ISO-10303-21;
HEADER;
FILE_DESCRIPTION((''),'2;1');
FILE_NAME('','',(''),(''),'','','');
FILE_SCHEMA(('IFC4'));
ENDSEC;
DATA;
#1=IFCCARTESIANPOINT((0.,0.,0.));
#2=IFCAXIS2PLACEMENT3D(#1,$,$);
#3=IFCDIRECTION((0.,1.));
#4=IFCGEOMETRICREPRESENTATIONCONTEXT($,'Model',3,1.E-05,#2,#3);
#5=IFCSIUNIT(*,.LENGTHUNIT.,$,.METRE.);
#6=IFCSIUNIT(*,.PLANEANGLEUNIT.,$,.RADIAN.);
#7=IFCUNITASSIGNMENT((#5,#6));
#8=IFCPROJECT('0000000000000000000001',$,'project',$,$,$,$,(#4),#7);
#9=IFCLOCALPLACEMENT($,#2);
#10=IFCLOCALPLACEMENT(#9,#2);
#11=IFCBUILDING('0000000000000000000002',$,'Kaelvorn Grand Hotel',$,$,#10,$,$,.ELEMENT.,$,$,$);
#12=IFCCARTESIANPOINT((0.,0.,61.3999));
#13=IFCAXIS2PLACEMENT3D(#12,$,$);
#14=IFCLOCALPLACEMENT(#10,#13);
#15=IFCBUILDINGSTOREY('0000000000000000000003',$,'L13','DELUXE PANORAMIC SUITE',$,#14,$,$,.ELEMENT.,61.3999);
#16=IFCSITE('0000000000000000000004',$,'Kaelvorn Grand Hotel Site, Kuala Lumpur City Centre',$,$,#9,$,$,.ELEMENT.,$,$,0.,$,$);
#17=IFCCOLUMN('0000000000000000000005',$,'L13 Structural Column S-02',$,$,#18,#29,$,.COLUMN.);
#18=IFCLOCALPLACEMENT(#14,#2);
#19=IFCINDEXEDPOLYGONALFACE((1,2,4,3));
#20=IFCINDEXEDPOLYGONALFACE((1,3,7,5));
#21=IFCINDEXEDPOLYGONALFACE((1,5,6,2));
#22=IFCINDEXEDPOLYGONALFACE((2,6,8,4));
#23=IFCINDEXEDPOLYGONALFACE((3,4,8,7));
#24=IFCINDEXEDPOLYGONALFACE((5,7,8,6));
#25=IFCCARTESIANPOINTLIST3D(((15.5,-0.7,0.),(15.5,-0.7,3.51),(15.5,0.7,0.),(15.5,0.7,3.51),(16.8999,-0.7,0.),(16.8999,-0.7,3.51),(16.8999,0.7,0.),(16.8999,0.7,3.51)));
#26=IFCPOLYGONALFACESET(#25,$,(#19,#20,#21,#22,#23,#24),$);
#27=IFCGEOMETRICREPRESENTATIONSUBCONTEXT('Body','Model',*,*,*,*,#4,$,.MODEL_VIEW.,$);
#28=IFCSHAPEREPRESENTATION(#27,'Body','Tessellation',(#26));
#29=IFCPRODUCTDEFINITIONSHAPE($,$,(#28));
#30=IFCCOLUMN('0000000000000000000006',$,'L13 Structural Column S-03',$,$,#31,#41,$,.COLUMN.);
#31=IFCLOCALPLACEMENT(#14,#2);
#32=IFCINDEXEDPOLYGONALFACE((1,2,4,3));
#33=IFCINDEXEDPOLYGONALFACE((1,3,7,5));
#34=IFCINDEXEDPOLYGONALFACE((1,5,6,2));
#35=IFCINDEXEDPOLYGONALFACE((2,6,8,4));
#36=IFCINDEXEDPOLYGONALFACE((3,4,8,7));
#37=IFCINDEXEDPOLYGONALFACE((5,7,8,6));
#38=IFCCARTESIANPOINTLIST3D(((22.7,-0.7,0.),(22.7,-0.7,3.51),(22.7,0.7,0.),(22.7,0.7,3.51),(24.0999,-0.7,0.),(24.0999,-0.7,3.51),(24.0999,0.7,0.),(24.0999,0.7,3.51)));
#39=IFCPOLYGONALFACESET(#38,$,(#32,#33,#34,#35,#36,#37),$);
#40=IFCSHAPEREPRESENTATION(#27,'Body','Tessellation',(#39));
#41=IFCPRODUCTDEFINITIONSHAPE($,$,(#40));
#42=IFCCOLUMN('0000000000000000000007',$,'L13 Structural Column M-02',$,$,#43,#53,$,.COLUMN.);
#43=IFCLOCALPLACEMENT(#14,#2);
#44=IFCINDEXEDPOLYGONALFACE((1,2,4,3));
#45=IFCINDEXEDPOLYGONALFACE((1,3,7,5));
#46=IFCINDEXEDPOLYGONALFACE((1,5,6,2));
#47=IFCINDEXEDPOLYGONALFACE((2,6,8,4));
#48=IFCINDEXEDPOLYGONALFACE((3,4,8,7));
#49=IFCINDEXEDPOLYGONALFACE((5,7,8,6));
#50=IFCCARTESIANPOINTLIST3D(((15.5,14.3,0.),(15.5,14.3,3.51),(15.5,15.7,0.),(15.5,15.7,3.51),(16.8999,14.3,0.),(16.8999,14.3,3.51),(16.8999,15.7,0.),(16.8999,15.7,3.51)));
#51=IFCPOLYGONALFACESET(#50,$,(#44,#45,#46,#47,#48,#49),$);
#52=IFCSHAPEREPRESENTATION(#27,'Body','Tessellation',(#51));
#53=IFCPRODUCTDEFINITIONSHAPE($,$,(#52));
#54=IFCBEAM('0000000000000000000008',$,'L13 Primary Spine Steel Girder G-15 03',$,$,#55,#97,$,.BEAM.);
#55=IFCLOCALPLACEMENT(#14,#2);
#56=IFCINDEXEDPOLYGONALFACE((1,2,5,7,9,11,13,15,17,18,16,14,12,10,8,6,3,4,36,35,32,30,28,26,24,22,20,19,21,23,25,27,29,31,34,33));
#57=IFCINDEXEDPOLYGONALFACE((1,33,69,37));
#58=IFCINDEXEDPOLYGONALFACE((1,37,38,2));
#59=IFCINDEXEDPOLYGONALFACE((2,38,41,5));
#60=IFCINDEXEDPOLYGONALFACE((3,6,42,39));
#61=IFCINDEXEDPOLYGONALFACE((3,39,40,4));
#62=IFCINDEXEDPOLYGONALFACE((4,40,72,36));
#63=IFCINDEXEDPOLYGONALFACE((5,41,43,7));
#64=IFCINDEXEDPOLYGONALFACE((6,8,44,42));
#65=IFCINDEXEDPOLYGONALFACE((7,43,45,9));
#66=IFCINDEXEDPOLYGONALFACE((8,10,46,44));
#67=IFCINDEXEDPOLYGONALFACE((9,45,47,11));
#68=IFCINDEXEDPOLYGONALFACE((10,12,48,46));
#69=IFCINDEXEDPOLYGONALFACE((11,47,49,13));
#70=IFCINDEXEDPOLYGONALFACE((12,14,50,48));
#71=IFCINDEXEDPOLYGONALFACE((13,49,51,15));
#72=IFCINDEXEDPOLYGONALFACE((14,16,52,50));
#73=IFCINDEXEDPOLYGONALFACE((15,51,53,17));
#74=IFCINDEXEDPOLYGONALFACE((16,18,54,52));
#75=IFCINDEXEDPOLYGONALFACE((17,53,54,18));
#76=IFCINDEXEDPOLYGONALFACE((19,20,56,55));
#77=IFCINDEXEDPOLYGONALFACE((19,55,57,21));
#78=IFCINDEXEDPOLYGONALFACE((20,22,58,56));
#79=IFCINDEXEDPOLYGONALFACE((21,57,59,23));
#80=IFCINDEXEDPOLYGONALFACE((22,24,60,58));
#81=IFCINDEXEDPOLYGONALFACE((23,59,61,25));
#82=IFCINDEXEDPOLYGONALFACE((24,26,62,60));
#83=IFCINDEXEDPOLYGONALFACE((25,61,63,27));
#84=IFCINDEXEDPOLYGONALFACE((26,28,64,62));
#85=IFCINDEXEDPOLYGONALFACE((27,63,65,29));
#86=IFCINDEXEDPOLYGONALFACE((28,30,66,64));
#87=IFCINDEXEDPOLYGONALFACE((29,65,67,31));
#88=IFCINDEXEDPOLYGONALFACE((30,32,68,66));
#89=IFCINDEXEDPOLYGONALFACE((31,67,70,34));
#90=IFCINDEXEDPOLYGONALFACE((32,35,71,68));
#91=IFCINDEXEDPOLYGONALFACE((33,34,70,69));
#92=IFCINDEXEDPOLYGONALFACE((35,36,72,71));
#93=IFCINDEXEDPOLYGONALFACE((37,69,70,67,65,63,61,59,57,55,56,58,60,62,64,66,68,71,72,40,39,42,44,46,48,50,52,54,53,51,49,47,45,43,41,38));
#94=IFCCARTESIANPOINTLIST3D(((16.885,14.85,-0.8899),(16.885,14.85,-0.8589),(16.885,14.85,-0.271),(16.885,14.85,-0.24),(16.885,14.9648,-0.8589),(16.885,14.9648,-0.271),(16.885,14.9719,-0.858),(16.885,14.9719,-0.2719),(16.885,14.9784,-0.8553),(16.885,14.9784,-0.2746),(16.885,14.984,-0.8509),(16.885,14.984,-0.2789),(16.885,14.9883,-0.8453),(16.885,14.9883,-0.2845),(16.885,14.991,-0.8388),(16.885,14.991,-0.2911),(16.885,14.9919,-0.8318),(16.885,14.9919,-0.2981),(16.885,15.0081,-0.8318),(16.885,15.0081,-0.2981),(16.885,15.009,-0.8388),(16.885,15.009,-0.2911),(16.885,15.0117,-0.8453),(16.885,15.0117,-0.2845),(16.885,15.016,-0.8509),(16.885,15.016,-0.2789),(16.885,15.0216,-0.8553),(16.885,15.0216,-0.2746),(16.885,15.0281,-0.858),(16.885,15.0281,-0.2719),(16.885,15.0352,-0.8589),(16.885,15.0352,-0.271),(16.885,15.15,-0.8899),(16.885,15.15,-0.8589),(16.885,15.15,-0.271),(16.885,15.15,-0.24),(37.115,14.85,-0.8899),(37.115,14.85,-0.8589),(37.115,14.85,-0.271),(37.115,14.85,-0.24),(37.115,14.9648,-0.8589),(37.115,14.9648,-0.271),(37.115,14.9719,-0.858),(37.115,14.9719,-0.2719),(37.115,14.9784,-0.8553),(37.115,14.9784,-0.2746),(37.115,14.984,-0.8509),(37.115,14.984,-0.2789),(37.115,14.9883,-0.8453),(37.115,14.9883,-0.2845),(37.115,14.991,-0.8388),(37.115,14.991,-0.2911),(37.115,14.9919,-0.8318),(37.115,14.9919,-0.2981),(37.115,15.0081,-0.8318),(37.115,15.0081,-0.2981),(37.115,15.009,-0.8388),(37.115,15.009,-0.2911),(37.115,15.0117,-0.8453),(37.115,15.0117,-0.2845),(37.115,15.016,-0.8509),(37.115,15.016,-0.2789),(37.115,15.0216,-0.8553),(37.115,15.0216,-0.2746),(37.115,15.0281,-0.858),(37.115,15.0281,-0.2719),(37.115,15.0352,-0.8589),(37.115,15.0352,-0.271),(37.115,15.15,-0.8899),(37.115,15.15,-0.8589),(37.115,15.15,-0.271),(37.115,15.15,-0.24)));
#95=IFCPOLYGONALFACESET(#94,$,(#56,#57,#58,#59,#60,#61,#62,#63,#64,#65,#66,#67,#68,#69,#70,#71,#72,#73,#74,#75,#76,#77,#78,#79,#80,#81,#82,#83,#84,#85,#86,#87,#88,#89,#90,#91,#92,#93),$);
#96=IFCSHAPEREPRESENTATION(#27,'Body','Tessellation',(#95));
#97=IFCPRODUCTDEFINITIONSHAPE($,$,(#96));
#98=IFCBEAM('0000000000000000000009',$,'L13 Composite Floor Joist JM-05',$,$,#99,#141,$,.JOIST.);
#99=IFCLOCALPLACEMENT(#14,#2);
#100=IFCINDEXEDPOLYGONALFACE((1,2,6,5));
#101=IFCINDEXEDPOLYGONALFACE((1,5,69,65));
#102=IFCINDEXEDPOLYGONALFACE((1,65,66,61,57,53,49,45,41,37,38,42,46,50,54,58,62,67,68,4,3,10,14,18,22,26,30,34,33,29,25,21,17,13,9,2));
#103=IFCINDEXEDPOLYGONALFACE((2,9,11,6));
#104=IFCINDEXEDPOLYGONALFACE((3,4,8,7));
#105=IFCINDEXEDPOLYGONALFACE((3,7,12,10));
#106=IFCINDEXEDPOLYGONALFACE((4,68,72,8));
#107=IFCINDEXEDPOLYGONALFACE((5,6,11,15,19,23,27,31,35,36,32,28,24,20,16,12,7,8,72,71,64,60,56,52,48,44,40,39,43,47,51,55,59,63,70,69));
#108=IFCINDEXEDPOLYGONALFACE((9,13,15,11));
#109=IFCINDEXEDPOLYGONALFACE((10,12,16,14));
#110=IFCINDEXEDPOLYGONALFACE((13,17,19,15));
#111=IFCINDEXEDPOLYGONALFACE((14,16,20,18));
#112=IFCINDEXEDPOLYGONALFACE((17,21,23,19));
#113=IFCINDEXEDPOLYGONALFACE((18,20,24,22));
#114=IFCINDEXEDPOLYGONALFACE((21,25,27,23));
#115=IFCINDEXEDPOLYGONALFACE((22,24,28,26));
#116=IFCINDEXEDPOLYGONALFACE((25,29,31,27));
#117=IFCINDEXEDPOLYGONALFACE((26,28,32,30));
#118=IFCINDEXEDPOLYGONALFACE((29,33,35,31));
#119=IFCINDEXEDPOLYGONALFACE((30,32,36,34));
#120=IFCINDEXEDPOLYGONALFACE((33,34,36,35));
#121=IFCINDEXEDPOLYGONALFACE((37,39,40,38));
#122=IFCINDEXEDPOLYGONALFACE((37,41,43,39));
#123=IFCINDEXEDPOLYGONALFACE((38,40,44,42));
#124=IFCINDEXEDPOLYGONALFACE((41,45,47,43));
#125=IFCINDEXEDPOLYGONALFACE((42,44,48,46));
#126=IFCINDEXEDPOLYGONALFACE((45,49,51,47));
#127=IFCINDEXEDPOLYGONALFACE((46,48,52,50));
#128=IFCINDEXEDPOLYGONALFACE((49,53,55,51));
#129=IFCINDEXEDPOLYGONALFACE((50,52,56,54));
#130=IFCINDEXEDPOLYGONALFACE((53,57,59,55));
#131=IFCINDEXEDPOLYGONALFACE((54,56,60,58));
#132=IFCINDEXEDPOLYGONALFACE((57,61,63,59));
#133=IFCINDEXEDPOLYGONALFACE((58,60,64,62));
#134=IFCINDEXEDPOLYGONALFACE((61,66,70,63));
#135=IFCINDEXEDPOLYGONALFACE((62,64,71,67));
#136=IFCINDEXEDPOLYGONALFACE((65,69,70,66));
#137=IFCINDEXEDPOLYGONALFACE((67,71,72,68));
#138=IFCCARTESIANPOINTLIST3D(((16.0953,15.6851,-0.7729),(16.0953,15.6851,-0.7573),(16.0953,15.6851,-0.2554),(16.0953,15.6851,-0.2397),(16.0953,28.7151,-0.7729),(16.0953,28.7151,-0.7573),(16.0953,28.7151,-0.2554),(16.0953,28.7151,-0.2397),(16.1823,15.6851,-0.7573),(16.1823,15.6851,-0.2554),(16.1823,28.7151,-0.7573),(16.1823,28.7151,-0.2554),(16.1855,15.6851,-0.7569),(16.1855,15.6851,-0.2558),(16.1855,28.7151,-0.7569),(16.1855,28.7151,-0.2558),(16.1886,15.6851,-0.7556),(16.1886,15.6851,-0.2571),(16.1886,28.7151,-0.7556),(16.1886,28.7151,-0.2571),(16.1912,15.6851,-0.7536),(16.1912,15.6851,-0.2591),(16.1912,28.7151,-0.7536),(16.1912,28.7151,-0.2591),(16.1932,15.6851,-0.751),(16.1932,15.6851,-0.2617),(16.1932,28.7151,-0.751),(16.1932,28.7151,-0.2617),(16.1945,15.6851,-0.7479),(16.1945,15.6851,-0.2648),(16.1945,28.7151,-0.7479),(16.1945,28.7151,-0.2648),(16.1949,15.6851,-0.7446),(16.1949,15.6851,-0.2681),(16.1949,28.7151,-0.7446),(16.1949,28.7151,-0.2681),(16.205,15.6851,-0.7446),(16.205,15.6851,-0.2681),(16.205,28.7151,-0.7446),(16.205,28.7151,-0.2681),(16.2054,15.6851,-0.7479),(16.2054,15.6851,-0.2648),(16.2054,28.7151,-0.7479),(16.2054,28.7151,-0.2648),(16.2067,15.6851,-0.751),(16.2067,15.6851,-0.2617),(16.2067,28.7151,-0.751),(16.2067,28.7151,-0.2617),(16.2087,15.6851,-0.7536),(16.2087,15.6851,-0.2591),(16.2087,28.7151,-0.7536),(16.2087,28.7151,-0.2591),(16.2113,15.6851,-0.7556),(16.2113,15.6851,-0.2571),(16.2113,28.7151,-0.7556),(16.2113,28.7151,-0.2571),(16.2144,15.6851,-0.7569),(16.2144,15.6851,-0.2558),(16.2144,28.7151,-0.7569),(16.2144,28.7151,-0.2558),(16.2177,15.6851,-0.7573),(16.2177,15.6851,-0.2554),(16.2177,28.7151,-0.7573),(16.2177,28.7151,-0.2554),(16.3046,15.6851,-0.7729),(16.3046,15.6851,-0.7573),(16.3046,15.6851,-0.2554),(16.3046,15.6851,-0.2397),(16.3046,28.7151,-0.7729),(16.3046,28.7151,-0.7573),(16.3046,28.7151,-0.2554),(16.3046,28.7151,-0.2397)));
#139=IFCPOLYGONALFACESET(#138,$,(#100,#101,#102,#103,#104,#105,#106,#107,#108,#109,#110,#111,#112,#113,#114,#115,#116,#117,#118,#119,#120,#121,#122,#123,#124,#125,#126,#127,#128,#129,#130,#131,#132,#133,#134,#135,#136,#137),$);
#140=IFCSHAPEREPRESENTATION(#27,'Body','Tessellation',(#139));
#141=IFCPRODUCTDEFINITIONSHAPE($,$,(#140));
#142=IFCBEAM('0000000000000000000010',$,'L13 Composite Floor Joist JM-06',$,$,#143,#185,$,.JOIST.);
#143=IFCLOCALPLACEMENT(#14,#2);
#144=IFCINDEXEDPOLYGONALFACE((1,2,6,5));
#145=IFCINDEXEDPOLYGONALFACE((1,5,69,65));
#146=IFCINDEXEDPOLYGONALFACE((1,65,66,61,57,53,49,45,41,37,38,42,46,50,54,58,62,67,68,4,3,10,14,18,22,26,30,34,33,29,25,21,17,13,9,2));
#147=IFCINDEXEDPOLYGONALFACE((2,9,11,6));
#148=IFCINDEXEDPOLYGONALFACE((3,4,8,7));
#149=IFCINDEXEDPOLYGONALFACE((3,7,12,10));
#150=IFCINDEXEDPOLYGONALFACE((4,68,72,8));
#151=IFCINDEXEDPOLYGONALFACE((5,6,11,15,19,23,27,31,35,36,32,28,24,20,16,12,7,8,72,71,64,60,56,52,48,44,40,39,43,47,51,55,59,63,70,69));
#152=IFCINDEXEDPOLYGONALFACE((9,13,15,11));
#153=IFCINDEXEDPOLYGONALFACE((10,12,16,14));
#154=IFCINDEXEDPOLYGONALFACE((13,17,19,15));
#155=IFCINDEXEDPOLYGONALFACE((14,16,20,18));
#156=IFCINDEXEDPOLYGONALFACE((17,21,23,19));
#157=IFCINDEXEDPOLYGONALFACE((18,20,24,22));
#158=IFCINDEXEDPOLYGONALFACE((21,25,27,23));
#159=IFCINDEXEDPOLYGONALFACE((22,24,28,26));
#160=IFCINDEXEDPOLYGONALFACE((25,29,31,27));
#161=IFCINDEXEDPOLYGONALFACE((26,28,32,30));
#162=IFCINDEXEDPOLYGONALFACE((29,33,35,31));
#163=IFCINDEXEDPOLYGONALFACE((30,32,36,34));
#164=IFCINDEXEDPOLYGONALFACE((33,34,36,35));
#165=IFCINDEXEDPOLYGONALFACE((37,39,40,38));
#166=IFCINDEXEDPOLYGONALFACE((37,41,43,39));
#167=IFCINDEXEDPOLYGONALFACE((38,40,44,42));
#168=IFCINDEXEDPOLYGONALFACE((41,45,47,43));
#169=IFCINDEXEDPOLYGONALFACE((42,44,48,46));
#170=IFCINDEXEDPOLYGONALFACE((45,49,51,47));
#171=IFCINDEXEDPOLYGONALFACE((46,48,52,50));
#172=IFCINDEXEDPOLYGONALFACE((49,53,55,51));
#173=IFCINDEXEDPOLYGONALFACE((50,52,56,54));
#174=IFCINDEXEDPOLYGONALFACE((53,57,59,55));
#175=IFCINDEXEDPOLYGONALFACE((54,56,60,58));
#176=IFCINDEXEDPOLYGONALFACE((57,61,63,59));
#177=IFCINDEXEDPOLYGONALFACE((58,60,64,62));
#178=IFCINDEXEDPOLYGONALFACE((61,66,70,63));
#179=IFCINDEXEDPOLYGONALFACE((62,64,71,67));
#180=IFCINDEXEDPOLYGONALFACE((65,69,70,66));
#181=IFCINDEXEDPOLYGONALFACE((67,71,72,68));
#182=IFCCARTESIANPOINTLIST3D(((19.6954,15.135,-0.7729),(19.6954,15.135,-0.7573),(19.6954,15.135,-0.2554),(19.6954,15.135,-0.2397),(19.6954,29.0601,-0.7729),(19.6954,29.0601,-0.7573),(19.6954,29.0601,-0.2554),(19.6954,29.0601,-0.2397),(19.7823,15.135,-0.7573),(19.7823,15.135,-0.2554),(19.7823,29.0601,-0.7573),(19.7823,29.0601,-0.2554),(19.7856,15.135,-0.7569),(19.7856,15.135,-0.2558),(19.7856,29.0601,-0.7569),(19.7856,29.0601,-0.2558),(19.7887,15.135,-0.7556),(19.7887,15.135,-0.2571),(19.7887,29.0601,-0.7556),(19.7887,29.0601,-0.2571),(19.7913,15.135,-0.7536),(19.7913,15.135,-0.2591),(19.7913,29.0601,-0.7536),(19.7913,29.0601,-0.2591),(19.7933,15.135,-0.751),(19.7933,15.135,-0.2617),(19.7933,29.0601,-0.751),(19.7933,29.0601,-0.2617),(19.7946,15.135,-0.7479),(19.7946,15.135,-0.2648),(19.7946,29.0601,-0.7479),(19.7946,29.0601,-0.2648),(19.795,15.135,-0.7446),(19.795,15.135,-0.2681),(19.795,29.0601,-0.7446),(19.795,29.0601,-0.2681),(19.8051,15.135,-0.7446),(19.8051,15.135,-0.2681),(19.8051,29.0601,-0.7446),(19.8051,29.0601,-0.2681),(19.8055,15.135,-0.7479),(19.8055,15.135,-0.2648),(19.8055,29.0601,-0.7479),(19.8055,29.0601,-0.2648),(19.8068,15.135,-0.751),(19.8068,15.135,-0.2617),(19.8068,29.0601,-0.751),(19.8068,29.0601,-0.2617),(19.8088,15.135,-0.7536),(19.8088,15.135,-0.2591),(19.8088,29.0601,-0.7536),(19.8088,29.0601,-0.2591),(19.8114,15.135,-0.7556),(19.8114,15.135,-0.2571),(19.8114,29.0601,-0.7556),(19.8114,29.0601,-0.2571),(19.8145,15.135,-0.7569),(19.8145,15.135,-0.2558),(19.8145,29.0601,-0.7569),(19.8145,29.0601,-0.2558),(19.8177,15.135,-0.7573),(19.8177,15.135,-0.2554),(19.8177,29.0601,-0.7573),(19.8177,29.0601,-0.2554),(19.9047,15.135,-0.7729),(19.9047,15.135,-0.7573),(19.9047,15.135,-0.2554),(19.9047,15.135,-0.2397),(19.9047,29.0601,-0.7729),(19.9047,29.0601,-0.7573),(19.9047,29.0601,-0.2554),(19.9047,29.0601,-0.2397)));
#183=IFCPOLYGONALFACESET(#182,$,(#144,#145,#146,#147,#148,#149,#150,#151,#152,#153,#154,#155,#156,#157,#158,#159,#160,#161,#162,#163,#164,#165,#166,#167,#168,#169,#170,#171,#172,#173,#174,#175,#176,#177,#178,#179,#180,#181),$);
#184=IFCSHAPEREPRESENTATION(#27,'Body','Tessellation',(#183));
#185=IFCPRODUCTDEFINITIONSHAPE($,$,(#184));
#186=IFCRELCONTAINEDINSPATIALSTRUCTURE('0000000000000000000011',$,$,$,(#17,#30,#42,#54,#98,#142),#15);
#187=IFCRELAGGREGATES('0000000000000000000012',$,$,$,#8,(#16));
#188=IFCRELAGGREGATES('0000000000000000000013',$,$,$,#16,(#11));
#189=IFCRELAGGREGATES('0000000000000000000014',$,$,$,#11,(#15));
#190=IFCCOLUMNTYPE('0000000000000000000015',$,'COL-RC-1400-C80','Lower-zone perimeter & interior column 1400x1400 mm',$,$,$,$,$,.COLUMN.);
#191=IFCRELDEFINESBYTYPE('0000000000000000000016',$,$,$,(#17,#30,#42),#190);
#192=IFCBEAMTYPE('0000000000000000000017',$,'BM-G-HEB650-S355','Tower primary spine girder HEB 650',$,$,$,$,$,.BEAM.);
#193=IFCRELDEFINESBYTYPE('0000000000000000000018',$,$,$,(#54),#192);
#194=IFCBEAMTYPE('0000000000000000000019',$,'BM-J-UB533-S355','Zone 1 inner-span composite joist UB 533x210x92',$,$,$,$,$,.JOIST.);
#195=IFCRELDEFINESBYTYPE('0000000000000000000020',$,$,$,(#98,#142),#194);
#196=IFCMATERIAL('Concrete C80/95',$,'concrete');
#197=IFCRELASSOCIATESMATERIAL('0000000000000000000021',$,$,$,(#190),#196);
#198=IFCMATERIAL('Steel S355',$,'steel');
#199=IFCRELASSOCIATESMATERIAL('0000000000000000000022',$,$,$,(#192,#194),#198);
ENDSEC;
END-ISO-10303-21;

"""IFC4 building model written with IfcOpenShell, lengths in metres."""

from ifc_helpers import new_model, si_unit, direction, frame, origin, origin_2d, place, context, subcontext, project, spatial, rectangle, i_section, extrude, material, material_profile, profile_set, type_object, element, save


model = new_model("IFC4")

# Units and contexts
model_context = context("Model", 3, precision=1e-05, world=origin(), true_north=direction((0.0, 1.0)))
body_context = subcontext(model_context, "Body", "Model", "MODEL_VIEW")
ifc_project = project(units=[si_unit("LENGTHUNIT", "METRE"), si_unit("PLANEANGLEUNIT", "RADIAN")], contexts=[model_context])

# Site, building, storey
site_placement = place(None, origin())
site = spatial("IfcSite", under=ifc_project, at=site_placement, Name="Kaelvorn Grand Hotel Site, Kuala Lumpur City Centre", CompositionType="ELEMENT", RefElevation=0.0)
building_placement = place(site_placement, origin())
building = spatial("IfcBuilding", under=site, at=building_placement, Name="Kaelvorn Grand Hotel", CompositionType="ELEMENT")
storey_placement = place(building_placement, frame((0.0, 0.0, 61.3999)))
storey = spatial("IfcBuildingStorey", under=building, at=storey_placement, Name="L13", Description="DELUXE PANORAMIC SUITE", CompositionType="ELEMENT", Elevation=61.3999)

# Columns
ifc_material_1 = material(Name="Concrete C80/95", Category="concrete")
ifc_material_profile_1 = material_profile(ifc_material_1, rectangle(XDim=1.3999, YDim=1.3999, at=origin_2d()), Name="RC COL 1400x1400")
ifc_profile_set_1 = profile_set([ifc_material_profile_1], Name="Concrete C80/95")
column_type = type_object("IfcColumnType", Name="COL-RC-1400-C80", Description="Lower-zone perimeter & interior column 1400x1400 mm", PredefinedType="COLUMN", material=ifc_profile_set_1)
for number, where, z_axis, x_axis, name in (
    (1, (16.2, 0.0, 0.0), (0.0, 0.0, 1.0), (1.0, 0.0, 0.0), "L13 Structural Column S-02"),
    (2, (23.3999, 0.0, 0.0), (0.0, 0.0, 1.0), (1.0, 0.0, 0.0), "L13 Structural Column S-03"),
    (3, (16.2, 15.0, 0.0), (0.0, 0.0, 1.0), (1.0, 0.0, 0.0), "L13 Structural Column M-02"),
):
    element("IfcColumn", number, at=place(storey_placement, frame(where, z_axis=z_axis, x_axis=x_axis)), inside=storey, type_object=column_type, Name=name, PredefinedType="COLUMN", context=body_context, shape_type="SweptSolid", body=[
        extrude(rectangle(XDim=1.3999, YDim=1.3999, at=origin_2d()), origin(), (0.0, 0.0, 1.0), 3.51),
    ])

# Beams
ifc_material_2 = material(Name="Steel S355", Category="steel")
ifc_material_profile_2 = material_profile(ifc_material_2, i_section(OverallWidth=0.3, OverallDepth=0.6499, WebThickness=0.0161, FlangeThickness=0.031, FilletRadius=0.0271, at=origin_2d()), Name="HEB 650")
ifc_profile_set_2 = profile_set([ifc_material_profile_2], Name="Steel S355")
beam_type_1 = type_object("IfcBeamType", Name="BM-G-HEB650-S355", Description="Tower primary spine girder HEB 650", PredefinedType="BEAM", material=ifc_profile_set_2)
beam_1_placement = place(storey_placement, frame((16.885, 15.0, -0.5649), z_axis=(1.0, 0.0, 0.0), x_axis=(0.0, 1.0, 0.0)))
element("IfcBeam", 4, at=beam_1_placement, inside=storey, type_object=beam_type_1, Name="L13 Primary Spine Steel Girder G-15 03", PredefinedType="BEAM", context=body_context, shape_type="SweptSolid", body=[
    extrude(i_section(OverallWidth=0.3, OverallDepth=0.6499, WebThickness=0.0161, FlangeThickness=0.031, FilletRadius=0.0271, at=origin_2d()), origin(), (0.0, 0.0, 1.0), 20.23),
])
ifc_material_profile_3 = material_profile(ifc_material_2, i_section(OverallWidth=0.2092, OverallDepth=0.5332, WebThickness=0.01, FlangeThickness=0.0156, FilletRadius=0.0127, at=origin_2d()), Name="UB 533x210x92")
ifc_profile_set_3 = profile_set([ifc_material_profile_3], Name="Steel S355")
beam_type_2 = type_object("IfcBeamType", Name="BM-J-UB533-S355", Description="Zone 1 inner-span composite joist UB 533x210x92", PredefinedType="JOIST", material=ifc_profile_set_3)
beam_2_placement = place(storey_placement, frame((16.2, 15.6851, -0.5063), z_axis=(0.0, 1.0, 0.0), x_axis=(-1.0, 0.0, 0.0)))
element("IfcBeam", 5, at=beam_2_placement, inside=storey, type_object=beam_type_2, Name="L13 Composite Floor Joist JM-05", PredefinedType="JOIST", context=body_context, shape_type="SweptSolid", body=[
    extrude(i_section(OverallWidth=0.2092, OverallDepth=0.5332, WebThickness=0.01, FlangeThickness=0.0156, FilletRadius=0.0127, at=origin_2d()), origin(), (0.0, 0.0, 1.0), 13.03),
])
beam_3_placement = place(storey_placement, frame((19.8, 15.135, -0.5063), z_axis=(0.0, 1.0, 0.0), x_axis=(-1.0, 0.0, 0.0)))
element("IfcBeam", 6, at=beam_3_placement, inside=storey, type_object=beam_type_2, Name="L13 Composite Floor Joist JM-06", PredefinedType="JOIST", context=body_context, shape_type="SweptSolid", body=[
    extrude(i_section(OverallWidth=0.2092, OverallDepth=0.5332, WebThickness=0.01, FlangeThickness=0.0156, FilletRadius=0.0127, at=origin_2d()), origin(), (0.0, 0.0, 1.0), 13.925),
])

save(model, "model.ifc")
